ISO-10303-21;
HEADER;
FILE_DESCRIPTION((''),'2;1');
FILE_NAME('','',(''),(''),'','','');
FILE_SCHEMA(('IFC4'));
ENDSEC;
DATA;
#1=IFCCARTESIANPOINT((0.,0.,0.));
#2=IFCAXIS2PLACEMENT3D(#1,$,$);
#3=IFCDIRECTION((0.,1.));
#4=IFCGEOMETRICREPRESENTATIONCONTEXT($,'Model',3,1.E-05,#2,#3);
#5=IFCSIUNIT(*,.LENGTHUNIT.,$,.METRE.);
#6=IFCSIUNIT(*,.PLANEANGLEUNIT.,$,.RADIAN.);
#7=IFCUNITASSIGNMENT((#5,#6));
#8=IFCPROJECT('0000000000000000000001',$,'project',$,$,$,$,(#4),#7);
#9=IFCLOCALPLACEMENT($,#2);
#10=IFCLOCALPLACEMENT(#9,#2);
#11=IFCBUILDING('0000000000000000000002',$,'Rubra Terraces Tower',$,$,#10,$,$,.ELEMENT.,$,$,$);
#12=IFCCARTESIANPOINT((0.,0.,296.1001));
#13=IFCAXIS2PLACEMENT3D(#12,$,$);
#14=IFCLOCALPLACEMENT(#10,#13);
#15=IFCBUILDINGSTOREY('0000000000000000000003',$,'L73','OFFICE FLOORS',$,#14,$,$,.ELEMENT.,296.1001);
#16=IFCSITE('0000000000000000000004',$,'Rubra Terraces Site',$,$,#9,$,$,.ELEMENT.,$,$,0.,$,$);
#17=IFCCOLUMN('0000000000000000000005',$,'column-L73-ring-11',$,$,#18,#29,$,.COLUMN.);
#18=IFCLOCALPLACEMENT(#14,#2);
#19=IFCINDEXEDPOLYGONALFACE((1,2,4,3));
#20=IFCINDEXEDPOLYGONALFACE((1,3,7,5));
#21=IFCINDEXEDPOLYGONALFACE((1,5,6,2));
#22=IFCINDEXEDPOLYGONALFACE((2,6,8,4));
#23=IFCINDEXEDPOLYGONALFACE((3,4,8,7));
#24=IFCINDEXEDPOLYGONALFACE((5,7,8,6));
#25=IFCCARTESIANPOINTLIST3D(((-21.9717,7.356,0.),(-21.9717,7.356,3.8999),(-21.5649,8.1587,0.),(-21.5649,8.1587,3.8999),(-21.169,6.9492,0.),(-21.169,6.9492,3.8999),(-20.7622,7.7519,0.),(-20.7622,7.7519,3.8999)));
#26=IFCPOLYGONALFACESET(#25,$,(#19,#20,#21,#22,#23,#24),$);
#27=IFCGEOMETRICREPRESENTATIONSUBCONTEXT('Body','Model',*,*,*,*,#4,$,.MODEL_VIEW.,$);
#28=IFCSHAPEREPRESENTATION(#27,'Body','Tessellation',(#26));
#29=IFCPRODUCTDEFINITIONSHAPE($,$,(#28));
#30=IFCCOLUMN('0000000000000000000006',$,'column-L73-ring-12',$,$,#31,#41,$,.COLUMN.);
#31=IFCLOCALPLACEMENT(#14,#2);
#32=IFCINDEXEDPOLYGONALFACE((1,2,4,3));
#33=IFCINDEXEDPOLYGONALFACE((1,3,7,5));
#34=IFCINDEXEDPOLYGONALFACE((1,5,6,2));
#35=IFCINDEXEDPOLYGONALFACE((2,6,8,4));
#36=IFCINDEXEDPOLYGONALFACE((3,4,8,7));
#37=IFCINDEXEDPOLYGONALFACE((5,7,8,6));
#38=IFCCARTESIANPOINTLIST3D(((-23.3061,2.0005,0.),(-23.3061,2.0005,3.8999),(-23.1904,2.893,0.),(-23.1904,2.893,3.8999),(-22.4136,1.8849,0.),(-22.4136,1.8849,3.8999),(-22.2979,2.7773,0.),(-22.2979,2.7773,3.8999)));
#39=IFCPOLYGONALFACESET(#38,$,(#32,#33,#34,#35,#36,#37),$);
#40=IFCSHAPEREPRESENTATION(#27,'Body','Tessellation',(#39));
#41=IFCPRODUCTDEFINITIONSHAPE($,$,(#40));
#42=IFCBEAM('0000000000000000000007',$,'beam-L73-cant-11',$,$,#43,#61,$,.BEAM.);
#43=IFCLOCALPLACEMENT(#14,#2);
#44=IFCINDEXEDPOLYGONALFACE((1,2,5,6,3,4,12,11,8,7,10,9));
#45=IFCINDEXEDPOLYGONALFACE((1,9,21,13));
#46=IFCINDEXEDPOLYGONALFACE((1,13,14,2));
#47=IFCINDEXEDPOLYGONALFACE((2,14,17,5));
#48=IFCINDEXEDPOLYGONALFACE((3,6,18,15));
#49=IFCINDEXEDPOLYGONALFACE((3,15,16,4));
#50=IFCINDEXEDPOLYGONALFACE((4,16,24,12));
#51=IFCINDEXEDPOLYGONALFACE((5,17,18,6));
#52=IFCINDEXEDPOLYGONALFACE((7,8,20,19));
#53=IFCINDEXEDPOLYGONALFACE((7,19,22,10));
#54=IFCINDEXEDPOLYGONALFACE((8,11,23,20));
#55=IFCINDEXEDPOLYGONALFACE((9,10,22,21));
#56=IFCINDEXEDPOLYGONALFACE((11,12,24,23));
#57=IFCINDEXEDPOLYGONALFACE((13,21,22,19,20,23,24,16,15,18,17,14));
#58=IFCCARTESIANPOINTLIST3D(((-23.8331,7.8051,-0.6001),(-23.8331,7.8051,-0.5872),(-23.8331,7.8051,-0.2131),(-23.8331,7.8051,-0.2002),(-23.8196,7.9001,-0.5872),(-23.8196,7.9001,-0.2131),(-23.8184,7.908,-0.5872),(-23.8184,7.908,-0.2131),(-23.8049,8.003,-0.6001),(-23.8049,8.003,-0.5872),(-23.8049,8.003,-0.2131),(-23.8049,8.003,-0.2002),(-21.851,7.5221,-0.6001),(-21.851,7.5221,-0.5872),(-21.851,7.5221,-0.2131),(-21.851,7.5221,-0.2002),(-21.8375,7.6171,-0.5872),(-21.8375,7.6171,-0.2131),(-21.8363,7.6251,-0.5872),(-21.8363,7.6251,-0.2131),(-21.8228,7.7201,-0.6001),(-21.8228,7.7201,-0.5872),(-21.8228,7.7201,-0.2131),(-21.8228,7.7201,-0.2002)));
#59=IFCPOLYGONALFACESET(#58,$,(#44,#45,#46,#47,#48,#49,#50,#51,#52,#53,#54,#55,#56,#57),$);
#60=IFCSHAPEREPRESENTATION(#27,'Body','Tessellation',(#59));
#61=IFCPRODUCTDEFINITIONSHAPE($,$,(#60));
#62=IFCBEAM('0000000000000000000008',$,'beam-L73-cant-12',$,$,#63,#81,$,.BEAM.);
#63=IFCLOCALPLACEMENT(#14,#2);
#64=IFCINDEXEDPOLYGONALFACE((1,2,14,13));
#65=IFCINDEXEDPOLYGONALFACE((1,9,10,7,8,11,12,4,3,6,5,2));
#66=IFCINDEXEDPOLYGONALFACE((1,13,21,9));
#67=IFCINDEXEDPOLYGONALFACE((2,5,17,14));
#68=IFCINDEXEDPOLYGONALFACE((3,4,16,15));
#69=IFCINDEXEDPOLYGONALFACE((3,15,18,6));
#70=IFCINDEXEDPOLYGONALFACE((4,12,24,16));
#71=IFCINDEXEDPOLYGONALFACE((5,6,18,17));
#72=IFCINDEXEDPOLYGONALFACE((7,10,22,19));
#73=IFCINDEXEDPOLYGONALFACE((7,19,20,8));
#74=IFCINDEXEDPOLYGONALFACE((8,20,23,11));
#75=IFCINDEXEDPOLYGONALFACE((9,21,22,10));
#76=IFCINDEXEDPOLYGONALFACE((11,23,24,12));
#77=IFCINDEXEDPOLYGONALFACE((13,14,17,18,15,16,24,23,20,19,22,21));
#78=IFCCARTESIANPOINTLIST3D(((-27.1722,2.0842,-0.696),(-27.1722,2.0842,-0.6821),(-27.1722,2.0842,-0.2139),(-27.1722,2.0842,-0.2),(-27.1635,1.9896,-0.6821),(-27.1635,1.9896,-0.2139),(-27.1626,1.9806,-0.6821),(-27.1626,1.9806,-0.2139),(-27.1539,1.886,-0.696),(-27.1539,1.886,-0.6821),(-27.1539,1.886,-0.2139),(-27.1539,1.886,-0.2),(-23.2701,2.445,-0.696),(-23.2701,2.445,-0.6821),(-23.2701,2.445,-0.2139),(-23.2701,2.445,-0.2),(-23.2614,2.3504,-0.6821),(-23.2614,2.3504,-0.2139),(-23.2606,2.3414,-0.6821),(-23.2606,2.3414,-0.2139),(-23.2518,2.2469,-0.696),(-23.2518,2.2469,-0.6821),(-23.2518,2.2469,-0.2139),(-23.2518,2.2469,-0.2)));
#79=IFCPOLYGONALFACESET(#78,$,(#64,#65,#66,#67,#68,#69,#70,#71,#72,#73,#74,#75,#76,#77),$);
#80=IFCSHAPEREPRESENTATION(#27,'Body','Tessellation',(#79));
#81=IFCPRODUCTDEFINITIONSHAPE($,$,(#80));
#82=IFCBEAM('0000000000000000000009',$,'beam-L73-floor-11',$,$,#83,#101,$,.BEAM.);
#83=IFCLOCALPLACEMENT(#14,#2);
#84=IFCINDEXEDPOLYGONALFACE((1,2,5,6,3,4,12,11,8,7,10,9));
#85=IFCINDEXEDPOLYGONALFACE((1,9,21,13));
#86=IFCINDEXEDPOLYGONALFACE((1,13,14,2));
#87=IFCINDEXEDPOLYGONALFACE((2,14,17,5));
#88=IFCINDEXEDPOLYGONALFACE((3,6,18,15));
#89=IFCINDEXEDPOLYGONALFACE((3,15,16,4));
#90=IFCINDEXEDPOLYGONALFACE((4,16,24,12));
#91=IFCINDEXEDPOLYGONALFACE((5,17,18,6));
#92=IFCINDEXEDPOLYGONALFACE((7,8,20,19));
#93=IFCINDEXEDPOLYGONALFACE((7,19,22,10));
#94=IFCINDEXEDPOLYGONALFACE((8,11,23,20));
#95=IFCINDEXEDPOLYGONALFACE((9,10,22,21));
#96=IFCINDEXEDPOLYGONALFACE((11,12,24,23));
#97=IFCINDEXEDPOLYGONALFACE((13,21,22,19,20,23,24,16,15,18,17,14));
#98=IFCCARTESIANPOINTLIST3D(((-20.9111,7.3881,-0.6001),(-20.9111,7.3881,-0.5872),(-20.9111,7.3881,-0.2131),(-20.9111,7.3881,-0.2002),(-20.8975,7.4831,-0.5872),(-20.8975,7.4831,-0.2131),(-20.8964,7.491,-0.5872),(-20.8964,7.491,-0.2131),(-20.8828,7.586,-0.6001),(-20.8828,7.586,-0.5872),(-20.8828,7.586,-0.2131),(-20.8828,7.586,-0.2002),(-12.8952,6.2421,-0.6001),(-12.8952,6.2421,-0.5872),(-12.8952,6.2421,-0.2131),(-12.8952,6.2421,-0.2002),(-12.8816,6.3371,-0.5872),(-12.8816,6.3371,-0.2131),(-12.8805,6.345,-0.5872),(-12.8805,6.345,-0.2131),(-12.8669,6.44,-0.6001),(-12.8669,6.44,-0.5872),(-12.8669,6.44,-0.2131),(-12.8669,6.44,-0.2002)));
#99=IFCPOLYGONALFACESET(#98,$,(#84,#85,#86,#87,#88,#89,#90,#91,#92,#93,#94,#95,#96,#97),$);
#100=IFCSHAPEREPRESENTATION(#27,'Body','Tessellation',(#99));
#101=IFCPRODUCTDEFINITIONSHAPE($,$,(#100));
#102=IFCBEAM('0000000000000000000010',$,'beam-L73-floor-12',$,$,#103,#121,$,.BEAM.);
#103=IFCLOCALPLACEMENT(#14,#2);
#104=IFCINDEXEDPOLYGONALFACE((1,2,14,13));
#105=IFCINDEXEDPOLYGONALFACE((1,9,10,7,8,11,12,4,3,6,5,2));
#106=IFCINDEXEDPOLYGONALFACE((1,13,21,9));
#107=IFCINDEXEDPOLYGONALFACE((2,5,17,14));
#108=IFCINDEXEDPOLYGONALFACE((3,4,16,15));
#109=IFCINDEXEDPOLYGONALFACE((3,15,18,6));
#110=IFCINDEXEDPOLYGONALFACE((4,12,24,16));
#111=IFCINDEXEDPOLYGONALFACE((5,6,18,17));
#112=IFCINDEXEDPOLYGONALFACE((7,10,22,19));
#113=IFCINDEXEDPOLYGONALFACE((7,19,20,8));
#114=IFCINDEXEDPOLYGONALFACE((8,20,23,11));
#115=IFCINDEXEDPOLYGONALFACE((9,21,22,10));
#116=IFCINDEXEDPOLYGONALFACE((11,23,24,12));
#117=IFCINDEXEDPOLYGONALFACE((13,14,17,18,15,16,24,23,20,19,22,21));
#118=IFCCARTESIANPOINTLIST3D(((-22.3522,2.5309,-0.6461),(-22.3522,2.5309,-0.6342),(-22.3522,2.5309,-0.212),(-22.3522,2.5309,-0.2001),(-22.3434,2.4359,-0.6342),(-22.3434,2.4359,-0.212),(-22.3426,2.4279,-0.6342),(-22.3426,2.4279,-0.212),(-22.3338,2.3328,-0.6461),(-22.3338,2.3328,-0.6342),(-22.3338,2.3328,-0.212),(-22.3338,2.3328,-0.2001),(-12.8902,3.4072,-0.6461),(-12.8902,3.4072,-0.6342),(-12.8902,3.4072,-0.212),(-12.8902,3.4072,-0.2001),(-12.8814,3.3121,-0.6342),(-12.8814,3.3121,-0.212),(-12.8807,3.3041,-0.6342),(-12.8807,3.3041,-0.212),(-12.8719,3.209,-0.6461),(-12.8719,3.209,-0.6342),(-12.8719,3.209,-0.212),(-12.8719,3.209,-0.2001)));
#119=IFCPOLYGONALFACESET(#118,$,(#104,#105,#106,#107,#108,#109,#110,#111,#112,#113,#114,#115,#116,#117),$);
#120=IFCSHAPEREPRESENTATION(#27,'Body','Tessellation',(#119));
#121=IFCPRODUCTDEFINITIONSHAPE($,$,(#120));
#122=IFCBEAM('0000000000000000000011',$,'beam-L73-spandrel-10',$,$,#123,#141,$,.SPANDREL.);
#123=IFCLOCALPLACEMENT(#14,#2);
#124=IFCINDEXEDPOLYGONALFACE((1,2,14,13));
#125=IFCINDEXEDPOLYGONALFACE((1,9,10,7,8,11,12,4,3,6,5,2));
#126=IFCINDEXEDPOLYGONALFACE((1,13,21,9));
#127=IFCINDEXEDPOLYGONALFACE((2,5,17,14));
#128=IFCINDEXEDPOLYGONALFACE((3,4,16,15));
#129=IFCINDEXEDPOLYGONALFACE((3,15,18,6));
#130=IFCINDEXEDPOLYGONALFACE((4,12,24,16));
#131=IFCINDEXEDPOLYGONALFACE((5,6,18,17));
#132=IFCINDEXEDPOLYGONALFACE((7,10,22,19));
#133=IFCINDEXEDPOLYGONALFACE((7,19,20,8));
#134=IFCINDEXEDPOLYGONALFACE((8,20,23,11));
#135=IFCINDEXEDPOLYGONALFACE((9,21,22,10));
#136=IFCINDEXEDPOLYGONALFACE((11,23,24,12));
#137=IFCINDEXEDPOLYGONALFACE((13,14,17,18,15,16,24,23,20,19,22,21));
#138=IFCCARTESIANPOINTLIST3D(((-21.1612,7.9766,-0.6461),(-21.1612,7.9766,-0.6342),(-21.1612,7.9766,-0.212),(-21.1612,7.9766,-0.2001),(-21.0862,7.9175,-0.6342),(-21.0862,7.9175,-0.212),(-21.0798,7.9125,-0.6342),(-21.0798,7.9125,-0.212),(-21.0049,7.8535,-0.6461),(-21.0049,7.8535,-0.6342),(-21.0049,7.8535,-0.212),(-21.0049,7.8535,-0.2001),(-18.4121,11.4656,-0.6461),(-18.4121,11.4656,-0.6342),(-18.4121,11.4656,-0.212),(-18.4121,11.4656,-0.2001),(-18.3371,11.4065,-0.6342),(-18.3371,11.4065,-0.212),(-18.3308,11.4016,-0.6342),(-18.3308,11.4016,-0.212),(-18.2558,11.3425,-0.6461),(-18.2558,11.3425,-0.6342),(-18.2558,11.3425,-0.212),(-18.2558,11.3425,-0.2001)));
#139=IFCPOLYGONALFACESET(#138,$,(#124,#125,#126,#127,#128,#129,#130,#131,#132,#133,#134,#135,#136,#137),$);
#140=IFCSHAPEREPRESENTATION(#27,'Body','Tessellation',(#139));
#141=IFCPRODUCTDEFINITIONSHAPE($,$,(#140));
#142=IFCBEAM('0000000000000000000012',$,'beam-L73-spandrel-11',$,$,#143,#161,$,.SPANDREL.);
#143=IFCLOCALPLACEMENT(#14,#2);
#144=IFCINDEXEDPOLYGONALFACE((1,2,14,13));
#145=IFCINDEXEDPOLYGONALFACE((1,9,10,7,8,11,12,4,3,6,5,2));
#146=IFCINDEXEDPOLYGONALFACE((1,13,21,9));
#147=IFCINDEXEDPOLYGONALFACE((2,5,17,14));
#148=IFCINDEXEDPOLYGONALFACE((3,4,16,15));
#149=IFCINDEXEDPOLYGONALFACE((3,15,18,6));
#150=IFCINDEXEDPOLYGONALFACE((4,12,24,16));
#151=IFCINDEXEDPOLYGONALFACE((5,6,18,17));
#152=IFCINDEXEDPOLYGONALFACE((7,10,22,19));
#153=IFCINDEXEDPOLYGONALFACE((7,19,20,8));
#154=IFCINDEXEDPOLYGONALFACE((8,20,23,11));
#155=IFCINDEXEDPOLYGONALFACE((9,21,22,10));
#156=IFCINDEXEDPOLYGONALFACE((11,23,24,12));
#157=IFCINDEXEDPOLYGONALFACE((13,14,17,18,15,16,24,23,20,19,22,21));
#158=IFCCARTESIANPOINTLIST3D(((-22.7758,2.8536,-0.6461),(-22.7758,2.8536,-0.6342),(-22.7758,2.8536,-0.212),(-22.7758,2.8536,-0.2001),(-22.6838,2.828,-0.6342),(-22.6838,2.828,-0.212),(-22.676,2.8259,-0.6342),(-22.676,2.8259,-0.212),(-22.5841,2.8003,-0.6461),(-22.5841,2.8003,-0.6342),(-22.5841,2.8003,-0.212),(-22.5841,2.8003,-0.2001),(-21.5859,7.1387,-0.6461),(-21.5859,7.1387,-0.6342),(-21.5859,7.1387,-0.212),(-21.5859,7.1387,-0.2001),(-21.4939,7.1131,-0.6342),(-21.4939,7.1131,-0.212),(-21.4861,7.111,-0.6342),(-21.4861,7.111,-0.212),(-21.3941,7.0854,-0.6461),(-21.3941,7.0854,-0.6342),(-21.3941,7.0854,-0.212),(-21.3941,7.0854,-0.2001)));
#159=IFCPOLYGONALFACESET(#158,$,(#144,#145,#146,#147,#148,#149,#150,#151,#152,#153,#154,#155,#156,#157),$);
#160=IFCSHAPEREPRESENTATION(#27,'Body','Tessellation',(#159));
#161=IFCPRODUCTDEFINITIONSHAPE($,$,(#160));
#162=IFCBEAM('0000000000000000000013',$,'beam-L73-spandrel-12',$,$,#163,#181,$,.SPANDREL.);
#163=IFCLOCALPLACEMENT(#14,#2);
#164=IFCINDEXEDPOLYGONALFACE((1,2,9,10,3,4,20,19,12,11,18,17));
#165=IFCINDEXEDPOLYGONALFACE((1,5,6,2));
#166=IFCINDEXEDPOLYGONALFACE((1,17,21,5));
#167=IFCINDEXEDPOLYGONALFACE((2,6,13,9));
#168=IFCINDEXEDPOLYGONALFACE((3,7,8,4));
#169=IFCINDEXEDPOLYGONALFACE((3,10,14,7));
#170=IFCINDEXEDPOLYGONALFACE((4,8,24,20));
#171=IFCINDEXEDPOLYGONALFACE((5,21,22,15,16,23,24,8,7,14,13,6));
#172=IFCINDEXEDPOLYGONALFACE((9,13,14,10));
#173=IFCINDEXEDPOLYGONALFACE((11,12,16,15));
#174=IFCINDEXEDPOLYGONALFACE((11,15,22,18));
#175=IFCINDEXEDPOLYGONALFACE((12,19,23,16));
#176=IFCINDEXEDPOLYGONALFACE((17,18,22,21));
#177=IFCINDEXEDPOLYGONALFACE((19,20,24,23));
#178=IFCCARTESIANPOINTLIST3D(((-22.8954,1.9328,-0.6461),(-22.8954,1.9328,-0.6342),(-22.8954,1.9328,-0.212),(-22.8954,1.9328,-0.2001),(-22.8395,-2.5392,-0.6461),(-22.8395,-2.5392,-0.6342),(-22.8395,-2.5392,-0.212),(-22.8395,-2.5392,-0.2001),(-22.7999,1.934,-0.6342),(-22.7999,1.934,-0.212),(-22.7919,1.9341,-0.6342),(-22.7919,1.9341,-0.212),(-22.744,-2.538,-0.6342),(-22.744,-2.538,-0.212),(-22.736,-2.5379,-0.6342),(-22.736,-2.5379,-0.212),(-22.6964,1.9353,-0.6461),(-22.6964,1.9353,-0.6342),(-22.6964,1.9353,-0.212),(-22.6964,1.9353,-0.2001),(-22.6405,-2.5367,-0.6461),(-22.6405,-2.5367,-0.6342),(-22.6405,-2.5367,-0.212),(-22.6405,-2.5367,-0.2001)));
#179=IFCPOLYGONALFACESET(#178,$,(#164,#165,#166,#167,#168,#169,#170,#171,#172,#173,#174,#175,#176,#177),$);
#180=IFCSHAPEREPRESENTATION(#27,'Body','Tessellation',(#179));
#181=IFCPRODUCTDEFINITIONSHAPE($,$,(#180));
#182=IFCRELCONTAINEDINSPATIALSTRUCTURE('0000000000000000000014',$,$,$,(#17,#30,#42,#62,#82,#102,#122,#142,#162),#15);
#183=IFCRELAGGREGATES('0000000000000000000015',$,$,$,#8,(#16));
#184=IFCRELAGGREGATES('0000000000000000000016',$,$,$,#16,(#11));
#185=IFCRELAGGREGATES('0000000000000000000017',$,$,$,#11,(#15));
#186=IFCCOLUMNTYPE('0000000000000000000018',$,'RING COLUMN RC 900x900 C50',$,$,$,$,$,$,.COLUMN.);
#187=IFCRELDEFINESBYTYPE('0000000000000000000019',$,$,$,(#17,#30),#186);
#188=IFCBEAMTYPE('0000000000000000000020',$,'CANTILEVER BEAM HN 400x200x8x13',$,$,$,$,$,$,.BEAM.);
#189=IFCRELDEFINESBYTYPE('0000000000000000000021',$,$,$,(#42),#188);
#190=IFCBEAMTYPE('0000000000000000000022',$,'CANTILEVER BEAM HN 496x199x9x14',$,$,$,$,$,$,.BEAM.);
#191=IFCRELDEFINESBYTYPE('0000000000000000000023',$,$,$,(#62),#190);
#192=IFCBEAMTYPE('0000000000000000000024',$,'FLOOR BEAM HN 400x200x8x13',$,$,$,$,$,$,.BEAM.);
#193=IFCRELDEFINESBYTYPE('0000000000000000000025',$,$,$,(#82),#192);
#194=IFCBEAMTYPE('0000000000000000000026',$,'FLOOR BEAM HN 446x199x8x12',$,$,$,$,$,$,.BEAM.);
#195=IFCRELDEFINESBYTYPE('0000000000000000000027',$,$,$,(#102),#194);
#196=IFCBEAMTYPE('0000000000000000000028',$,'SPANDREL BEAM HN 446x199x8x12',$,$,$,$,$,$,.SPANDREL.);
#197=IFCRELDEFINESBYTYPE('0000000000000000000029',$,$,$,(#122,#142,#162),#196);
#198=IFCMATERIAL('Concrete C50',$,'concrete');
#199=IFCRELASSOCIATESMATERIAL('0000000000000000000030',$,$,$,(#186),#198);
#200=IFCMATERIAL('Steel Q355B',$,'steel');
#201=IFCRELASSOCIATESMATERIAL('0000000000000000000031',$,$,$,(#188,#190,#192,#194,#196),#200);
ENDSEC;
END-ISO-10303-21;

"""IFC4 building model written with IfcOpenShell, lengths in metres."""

from ifc_helpers import new_model, si_unit, direction, frame, origin, origin_2d, place, context, subcontext, project, spatial, rectangle, i_section, extrude, material, material_profile, profile_set, type_object, element, save


model = new_model("IFC4")

# Units and contexts
model_context = context("Model", 3, precision=1e-05, world=origin(), true_north=direction((0.0, 1.0)))
body_context = subcontext(model_context, "Body", "Model", "MODEL_VIEW")
ifc_project = project(units=[si_unit("LENGTHUNIT", "METRE"), si_unit("PLANEANGLEUNIT", "RADIAN")], contexts=[model_context])

# Site, building, storey
site_placement = place(None, origin())
site = spatial("IfcSite", under=ifc_project, at=site_placement, Name="Rubra Terraces Site", CompositionType="ELEMENT", RefElevation=0.0)
building_placement = place(site_placement, origin())
building = spatial("IfcBuilding", under=site, at=building_placement, Name="Rubra Terraces Tower", CompositionType="ELEMENT")
storey_placement = place(building_placement, frame((0.0, 0.0, 296.1001)))
storey = spatial("IfcBuildingStorey", under=building, at=storey_placement, Name="L73", Description="OFFICE FLOORS", CompositionType="ELEMENT", Elevation=296.1001)

# Columns
ifc_material_1 = material(Name="Concrete C50", Category="concrete")
ifc_material_profile_1 = material_profile(ifc_material_1, rectangle(XDim=0.8999, YDim=0.8999, at=origin_2d()), Name="RC 900x900")
ifc_profile_set_1 = profile_set([ifc_material_profile_1], Name="Concrete C50")
column_type = type_object("IfcColumnType", Name="RING COLUMN RC 900x900 C50", PredefinedType="COLUMN", material=ifc_profile_set_1)
for number, where, z_axis, x_axis, name in (
    (1, (-21.3669, 7.554, 0.0), (0.0, 0.0, 1.0), (-0.452079, -0.891978, 0.0), "column-L73-ring-11"),
    (2, (-22.802, 2.3889, 0.0), (0.0, 0.0, 1.0), (-0.128535, -0.991705, 0.0), "column-L73-ring-12"),
):
    element("IfcColumn", number, at=place(storey_placement, frame(where, z_axis=z_axis, x_axis=x_axis)), inside=storey, type_object=column_type, Name=name, PredefinedType="COLUMN", context=body_context, shape_type="SweptSolid", body=[
        extrude(rectangle(XDim=0.8999, YDim=0.8999, at=origin_2d()), origin(), (0.0, 0.0, 1.0), 3.8999),
    ])

# Beams
ifc_material_2 = material(Name="Steel Q355B", Category="steel")
ifc_material_profile_2 = material_profile(ifc_material_2, i_section(OverallWidth=0.2, OverallDepth=0.3999, WebThickness=0.0081, FlangeThickness=0.0129, at=origin_2d()), Name="HN 400x200x8x13")
ifc_profile_set_2 = profile_set([ifc_material_profile_2], Name="Steel Q355B")
beam_type_1 = type_object("IfcBeamType", Name="CANTILEVER BEAM HN 400x200x8x13", PredefinedType="BEAM", material=ifc_profile_set_2)
beam_1_placement = place(storey_placement, frame((-21.8369, 7.6211, -0.4001), z_axis=(-0.989964, 0.141319, 0.0), x_axis=(-0.141319, -0.989964, 0.0)))
element("IfcBeam", 3, at=beam_1_placement, inside=storey, type_object=beam_type_1, Name="beam-L73-cant-11", PredefinedType="BEAM", context=body_context, shape_type="SweptSolid", body=[
    extrude(i_section(OverallWidth=0.2, OverallDepth=0.3999, WebThickness=0.0081, FlangeThickness=0.0129, at=origin_2d()), origin(), (0.0, 0.0, 1.0), 2.0022),
])
ifc_material_profile_3 = material_profile(ifc_material_2, i_section(OverallWidth=0.199, OverallDepth=0.4961, WebThickness=0.009, FlangeThickness=0.0139, at=origin_2d()), Name="HN 496x199x9x14")
ifc_profile_set_3 = profile_set([ifc_material_profile_3], Name="Steel Q355B")
beam_type_2 = type_object("IfcBeamType", Name="CANTILEVER BEAM HN 496x199x9x14", PredefinedType="BEAM", material=ifc_profile_set_3)
beam_2_placement = place(storey_placement, frame((-23.261, 2.3459, -0.448), z_axis=(-0.995752, -0.09208, 0.0), x_axis=(0.09208, -0.995752, 0.0)))
element("IfcBeam", 4, at=beam_2_placement, inside=storey, type_object=beam_type_2, Name="beam-L73-cant-12", PredefinedType="BEAM", context=body_context, shape_type="SweptSolid", body=[
    extrude(i_section(OverallWidth=0.199, OverallDepth=0.4961, WebThickness=0.009, FlangeThickness=0.0139, at=origin_2d()), origin(), (0.0, 0.0, 1.0), 3.9187),
])
ifc_material_profile_4 = material_profile(ifc_material_2, i_section(OverallWidth=0.2, OverallDepth=0.3999, WebThickness=0.0081, FlangeThickness=0.0129, at=origin_2d()), Name="HN 400x200x8x13")
ifc_profile_set_4 = profile_set([ifc_material_profile_4], Name="Steel Q355B")
beam_type_3 = type_object("IfcBeamType", Name="FLOOR BEAM HN 400x200x8x13", PredefinedType="BEAM", material=ifc_profile_set_4)
beam_3_placement = place(storey_placement, frame((-20.897, 7.4871, -0.4001), z_axis=(0.989934, -0.141527, 0.0), x_axis=(0.141527, 0.989934, 0.0)))
element("IfcBeam", 5, at=beam_3_placement, inside=storey, type_object=beam_type_3, Name="beam-L73-floor-11", PredefinedType="BEAM", context=body_context, shape_type="SweptSolid", body=[
    extrude(i_section(OverallWidth=0.2, OverallDepth=0.3999, WebThickness=0.0081, FlangeThickness=0.0129, at=origin_2d()), origin(), (0.0, 0.0, 1.0), 8.0974),
])
ifc_material_profile_5 = material_profile(ifc_material_2, i_section(OverallWidth=0.199, OverallDepth=0.446, WebThickness=0.0081, FlangeThickness=0.012, at=origin_2d()), Name="HN 446x199x8x12")
ifc_profile_set_5 = profile_set([ifc_material_profile_5], Name="Steel Q355B")
beam_type_4 = type_object("IfcBeamType", Name="FLOOR BEAM HN 446x199x8x12", PredefinedType="BEAM", material=ifc_profile_set_5)
beam_4_placement = place(storey_placement, frame((-22.343, 2.4319, -0.4231), z_axis=(0.99574, 0.09221, 0.0), x_axis=(-0.09221, 0.99574, 0.0)))
element("IfcBeam", 6, at=beam_4_placement, inside=storey, type_object=beam_type_4, Name="beam-L73-floor-12", PredefinedType="BEAM", context=body_context, shape_type="SweptSolid", body=[
    extrude(i_section(OverallWidth=0.199, OverallDepth=0.446, WebThickness=0.0081, FlangeThickness=0.012, at=origin_2d()), origin(), (0.0, 0.0, 1.0), 9.5024),
])
ifc_material_profile_6 = material_profile(ifc_material_2, i_section(OverallWidth=0.199, OverallDepth=0.446, WebThickness=0.0081, FlangeThickness=0.012, at=origin_2d()), Name="HN 446x199x8x12")
ifc_profile_set_6 = profile_set([ifc_material_profile_6], Name="Steel Q355B")
beam_type_5 = type_object("IfcBeamType", Name="SPANDREL BEAM HN 446x199x8x12", PredefinedType="SPANDREL", material=ifc_profile_set_6)
beam_5_placement = place(storey_placement, frame((-18.334, 11.4041, -0.4231), z_axis=(-0.618887, -0.78548, 0.0), x_axis=(0.78548, -0.618887, 0.0)))
element("IfcBeam", 7, at=beam_5_placement, inside=storey, type_object=beam_type_5, Name="beam-L73-spandrel-10", PredefinedType="SPANDREL", context=body_context, shape_type="SweptSolid", body=[
    extrude(i_section(OverallWidth=0.199, OverallDepth=0.446, WebThickness=0.0081, FlangeThickness=0.012, at=origin_2d()), origin(), (0.0, 0.0, 1.0), 4.4419),
])
beam_6_placement = place(storey_placement, frame((-21.49, 7.1121, -0.4231), z_axis=(-0.267565, -0.96354, 0.0), x_axis=(0.96354, -0.267565, 0.0)))
element("IfcBeam", 8, at=beam_6_placement, inside=storey, type_object=beam_type_5, Name="beam-L73-spandrel-11", PredefinedType="SPANDREL", context=body_context, shape_type="SweptSolid", body=[
    extrude(i_section(OverallWidth=0.199, OverallDepth=0.446, WebThickness=0.0081, FlangeThickness=0.012, at=origin_2d()), origin(), (0.0, 0.0, 1.0), 4.4473),
])
beam_7_placement = place(storey_placement, frame((-22.7959, 1.9341, -0.4231), z_axis=(0.0125, -0.999922, 0.0), x_axis=(0.999922, 0.0125, 0.0)))
element("IfcBeam", 9, at=beam_7_placement, inside=storey, type_object=beam_type_5, Name="beam-L73-spandrel-12", PredefinedType="SPANDREL", context=body_context, shape_type="SweptSolid", body=[
    extrude(i_section(OverallWidth=0.199, OverallDepth=0.446, WebThickness=0.0081, FlangeThickness=0.012, at=origin_2d()), origin(), (0.0, 0.0, 1.0), 4.4724),
])

save(model, "model.ifc")
